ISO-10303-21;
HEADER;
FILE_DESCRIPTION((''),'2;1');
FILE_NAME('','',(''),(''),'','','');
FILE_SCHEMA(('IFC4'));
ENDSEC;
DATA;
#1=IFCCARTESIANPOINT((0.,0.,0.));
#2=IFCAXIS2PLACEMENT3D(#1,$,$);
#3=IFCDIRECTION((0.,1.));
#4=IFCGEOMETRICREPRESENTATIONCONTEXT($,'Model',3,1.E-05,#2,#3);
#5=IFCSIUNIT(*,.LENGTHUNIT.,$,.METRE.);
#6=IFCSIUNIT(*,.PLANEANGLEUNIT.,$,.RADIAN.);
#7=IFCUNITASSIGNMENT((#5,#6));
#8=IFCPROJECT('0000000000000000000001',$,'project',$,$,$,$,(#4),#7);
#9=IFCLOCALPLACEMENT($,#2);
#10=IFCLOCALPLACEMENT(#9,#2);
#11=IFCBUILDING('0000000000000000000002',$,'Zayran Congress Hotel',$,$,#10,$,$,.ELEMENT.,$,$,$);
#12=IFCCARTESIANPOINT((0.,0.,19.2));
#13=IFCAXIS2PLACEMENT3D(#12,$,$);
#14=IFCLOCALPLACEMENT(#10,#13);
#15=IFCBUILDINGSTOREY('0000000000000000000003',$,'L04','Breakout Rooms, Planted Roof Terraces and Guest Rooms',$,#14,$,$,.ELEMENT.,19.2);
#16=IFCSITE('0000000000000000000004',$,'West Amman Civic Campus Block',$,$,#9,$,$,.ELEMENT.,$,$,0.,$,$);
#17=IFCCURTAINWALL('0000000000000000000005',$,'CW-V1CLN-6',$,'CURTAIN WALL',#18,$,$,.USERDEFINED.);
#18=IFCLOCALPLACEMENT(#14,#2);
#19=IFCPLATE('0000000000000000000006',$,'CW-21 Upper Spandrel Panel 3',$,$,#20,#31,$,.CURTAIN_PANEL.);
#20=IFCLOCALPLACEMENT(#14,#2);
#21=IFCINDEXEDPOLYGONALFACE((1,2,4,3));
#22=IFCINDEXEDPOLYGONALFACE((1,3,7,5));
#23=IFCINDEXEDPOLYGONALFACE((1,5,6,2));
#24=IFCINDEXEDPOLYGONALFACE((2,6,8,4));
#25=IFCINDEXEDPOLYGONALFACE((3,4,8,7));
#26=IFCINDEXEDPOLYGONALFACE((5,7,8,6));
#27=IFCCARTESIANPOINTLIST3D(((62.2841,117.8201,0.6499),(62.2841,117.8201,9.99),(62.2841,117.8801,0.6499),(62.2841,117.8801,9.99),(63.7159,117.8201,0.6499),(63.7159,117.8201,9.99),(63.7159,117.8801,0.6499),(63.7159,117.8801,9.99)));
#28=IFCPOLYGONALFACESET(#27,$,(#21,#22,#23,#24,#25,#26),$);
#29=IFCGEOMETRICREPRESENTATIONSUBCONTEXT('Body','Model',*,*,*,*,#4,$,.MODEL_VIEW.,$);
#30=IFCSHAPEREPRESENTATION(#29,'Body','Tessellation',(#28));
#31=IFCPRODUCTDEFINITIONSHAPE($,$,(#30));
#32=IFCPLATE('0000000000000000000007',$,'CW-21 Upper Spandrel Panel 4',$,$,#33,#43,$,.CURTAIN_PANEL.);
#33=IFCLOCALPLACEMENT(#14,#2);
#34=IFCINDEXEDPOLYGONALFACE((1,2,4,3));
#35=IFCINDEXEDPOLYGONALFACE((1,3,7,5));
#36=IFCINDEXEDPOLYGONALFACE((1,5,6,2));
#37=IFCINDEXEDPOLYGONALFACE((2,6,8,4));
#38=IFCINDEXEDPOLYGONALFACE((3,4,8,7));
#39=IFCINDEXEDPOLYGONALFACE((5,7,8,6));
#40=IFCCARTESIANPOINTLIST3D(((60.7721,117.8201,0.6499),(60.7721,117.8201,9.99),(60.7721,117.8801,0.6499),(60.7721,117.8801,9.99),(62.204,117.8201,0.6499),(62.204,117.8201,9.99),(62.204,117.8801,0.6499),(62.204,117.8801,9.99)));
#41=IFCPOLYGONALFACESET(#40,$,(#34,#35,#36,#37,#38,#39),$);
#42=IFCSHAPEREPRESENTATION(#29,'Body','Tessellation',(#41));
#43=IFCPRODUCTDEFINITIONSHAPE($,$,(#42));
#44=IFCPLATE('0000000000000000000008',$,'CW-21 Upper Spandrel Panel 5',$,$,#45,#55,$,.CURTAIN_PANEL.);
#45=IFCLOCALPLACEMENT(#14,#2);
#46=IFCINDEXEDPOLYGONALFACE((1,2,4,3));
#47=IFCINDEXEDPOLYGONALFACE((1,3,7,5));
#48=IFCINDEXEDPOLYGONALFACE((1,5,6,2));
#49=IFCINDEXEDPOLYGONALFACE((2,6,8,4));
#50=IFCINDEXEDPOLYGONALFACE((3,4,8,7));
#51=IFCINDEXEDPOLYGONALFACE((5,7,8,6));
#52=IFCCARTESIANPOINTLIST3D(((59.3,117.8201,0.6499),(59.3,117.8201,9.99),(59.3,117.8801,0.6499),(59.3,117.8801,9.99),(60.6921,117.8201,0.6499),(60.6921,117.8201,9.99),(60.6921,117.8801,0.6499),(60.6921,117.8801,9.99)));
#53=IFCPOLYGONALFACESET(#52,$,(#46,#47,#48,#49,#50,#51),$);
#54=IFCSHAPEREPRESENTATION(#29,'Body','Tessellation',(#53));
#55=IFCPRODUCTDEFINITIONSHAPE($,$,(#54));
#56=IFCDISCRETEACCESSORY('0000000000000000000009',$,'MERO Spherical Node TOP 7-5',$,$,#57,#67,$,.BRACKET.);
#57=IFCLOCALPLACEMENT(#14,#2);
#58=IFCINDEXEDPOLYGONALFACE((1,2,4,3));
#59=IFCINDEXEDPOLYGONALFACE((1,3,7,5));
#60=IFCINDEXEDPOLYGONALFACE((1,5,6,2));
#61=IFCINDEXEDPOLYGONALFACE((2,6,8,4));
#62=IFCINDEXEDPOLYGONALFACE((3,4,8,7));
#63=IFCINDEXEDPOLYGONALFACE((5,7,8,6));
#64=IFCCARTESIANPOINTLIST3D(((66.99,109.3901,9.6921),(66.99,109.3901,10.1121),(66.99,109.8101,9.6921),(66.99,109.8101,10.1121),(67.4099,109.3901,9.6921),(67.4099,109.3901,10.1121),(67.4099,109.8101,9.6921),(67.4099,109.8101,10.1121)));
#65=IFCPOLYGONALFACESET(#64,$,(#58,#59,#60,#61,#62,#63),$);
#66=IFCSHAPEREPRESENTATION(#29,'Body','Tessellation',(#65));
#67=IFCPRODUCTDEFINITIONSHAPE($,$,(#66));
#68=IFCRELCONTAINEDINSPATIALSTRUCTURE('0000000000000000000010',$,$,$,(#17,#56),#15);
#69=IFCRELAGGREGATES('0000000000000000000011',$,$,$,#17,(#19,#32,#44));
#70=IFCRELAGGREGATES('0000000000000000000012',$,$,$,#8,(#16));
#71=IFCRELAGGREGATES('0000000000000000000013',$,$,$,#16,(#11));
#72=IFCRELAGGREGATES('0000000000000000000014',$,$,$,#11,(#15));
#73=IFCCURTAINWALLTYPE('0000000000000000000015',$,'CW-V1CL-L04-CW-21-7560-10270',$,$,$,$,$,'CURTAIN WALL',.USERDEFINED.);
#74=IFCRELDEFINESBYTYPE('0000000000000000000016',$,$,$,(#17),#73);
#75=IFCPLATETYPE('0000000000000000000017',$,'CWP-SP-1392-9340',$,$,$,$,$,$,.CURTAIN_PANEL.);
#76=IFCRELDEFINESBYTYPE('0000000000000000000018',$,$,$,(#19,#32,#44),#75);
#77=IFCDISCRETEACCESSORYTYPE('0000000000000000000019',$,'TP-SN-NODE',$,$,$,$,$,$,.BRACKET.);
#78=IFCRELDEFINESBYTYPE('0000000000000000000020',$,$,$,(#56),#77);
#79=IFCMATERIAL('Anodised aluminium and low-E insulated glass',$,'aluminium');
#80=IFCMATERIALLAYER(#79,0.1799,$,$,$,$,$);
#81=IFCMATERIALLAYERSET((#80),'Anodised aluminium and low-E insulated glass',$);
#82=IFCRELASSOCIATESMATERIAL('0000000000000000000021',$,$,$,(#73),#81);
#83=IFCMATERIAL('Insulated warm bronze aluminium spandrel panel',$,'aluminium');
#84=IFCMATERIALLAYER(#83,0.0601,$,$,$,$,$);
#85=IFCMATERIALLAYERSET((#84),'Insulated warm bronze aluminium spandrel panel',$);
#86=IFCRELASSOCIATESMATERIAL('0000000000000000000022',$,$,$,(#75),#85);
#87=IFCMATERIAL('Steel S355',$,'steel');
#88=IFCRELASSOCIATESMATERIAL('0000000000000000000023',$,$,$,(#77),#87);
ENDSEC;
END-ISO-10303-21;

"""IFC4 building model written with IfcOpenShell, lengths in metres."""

from ifc_helpers import new_model, si_unit, direction, frame, origin, origin_2d, place, context, subcontext, project, spatial, rectangle, extrude, material, layer, layer_set, type_object, element, aggregate, save


model = new_model("IFC4")

# Units and contexts
model_context = context("Model", 3, precision=1e-05, world=origin(), true_north=direction((0.0, 1.0)))
body_context = subcontext(model_context, "Body", "Model", "MODEL_VIEW")
ifc_project = project(units=[si_unit("LENGTHUNIT", "METRE"), si_unit("PLANEANGLEUNIT", "RADIAN")], contexts=[model_context])

# Site, building, storey
site_placement = place(None, origin())
site = spatial("IfcSite", under=ifc_project, at=site_placement, Name="West Amman Civic Campus Block", CompositionType="ELEMENT", RefElevation=0.0)
building_placement = place(site_placement, origin())
building = spatial("IfcBuilding", under=site, at=building_placement, Name="Zayran Congress Hotel", CompositionType="ELEMENT")
storey_placement = place(building_placement, frame((0.0, 0.0, 19.2)))
storey = spatial("IfcBuildingStorey", under=building, at=storey_placement, Name="L04", Description="Breakout Rooms, Planted Roof Terraces and Guest Rooms", CompositionType="ELEMENT", Elevation=19.2)

# Shared definitions
ifc_material_1 = material(Name="Steel S355", Category="steel")

# Curtain wall
ifc_material_2 = material(Name="Anodised aluminium and low-E insulated glass", Category="aluminium")
ifc_layer_1 = layer(ifc_material_2, 0.1799)
ifc_layer_set_1 = layer_set([ifc_layer_1], Name="Anodised aluminium and low-E insulated glass")
curtain_wall_type = type_object("IfcCurtainWallType", Name="CW-V1CL-L04-CW-21-7560-10270", ElementType="CURTAIN WALL", PredefinedType="USERDEFINED", material=ifc_layer_set_1)
curtain_wall_placement = place(storey_placement, origin())
curtain_wall = element("IfcCurtainWall", 1, at=curtain_wall_placement, inside=storey, type_object=curtain_wall_type, Name="CW-V1CLN-6", ObjectType="CURTAIN WALL", PredefinedType="USERDEFINED")

# Plates
ifc_material_3 = material(Name="Insulated warm bronze aluminium spandrel panel", Category="aluminium")
ifc_layer_2 = layer(ifc_material_3, 0.0601)
ifc_layer_set_2 = layer_set([ifc_layer_2], Name="Insulated warm bronze aluminium spandrel panel")
plate_type_1 = type_object("IfcPlateType", Name="CWP-SP-1392-9340", PredefinedType="CURTAIN_PANEL", material=ifc_layer_set_2)
plate_1_placement = place(storey_placement, frame((63.0, 117.8501, 0.6499), z_axis=(0.0, 0.0, 1.0), x_axis=(1.0, 0.0, 0.0)))
plate_1 = element("IfcPlate", 2, at=plate_1_placement, type_object=plate_type_1, Name="CW-21 Upper Spandrel Panel 3", PredefinedType="CURTAIN_PANEL", context=body_context, shape_type="SweptSolid", body=[
    extrude(rectangle(XDim=1.4319, YDim=0.0601, at=origin_2d()), origin(), (0.0, 0.0, 1.0), 9.3401),
])
plate_2_placement = place(storey_placement, frame((61.488, 117.8501, 0.6499), z_axis=(0.0, 0.0, 1.0), x_axis=(1.0, 0.0, 0.0)))
plate_2 = element("IfcPlate", 3, at=plate_2_placement, type_object=plate_type_1, Name="CW-21 Upper Spandrel Panel 4", PredefinedType="CURTAIN_PANEL", context=body_context, shape_type="SweptSolid", body=[
    extrude(rectangle(XDim=1.4319, YDim=0.0601, at=origin_2d()), origin(), (0.0, 0.0, 1.0), 9.3401),
])
plate_3_placement = place(storey_placement, frame((59.9961, 117.8501, 0.6499), z_axis=(0.0, 0.0, 1.0), x_axis=(1.0, 0.0, 0.0)))
plate_3 = element("IfcPlate", 4, at=plate_3_placement, type_object=plate_type_1, Name="CW-21 Upper Spandrel Panel 5", PredefinedType="CURTAIN_PANEL", context=body_context, shape_type="SweptSolid", body=[
    extrude(rectangle(XDim=1.3921, YDim=0.0601, at=origin_2d()), origin(), (0.0, 0.0, 1.0), 9.3401),
])
aggregate(curtain_wall, [plate_1, plate_2, plate_3])

# Discrete accessory
discrete_accessory_type = type_object("IfcDiscreteAccessoryType", Name="TP-SN-NODE", PredefinedType="BRACKET", material=ifc_material_1)
discrete_accessory_placement = place(storey_placement, frame((67.2, 109.6001, 9.6921), z_axis=(0.0, 0.0, 1.0), x_axis=(1.0, 0.0, 0.0)))
element("IfcDiscreteAccessory", 5, at=discrete_accessory_placement, inside=storey, type_object=discrete_accessory_type, Name="MERO Spherical Node TOP 7-5", PredefinedType="BRACKET", context=body_context, shape_type="SweptSolid", body=[
    extrude(rectangle(XDim=0.4199, YDim=0.4199, at=origin_2d()), origin(), (0.0, 0.0, 1.0), 0.4199),
])

save(model, "model.ifc")
